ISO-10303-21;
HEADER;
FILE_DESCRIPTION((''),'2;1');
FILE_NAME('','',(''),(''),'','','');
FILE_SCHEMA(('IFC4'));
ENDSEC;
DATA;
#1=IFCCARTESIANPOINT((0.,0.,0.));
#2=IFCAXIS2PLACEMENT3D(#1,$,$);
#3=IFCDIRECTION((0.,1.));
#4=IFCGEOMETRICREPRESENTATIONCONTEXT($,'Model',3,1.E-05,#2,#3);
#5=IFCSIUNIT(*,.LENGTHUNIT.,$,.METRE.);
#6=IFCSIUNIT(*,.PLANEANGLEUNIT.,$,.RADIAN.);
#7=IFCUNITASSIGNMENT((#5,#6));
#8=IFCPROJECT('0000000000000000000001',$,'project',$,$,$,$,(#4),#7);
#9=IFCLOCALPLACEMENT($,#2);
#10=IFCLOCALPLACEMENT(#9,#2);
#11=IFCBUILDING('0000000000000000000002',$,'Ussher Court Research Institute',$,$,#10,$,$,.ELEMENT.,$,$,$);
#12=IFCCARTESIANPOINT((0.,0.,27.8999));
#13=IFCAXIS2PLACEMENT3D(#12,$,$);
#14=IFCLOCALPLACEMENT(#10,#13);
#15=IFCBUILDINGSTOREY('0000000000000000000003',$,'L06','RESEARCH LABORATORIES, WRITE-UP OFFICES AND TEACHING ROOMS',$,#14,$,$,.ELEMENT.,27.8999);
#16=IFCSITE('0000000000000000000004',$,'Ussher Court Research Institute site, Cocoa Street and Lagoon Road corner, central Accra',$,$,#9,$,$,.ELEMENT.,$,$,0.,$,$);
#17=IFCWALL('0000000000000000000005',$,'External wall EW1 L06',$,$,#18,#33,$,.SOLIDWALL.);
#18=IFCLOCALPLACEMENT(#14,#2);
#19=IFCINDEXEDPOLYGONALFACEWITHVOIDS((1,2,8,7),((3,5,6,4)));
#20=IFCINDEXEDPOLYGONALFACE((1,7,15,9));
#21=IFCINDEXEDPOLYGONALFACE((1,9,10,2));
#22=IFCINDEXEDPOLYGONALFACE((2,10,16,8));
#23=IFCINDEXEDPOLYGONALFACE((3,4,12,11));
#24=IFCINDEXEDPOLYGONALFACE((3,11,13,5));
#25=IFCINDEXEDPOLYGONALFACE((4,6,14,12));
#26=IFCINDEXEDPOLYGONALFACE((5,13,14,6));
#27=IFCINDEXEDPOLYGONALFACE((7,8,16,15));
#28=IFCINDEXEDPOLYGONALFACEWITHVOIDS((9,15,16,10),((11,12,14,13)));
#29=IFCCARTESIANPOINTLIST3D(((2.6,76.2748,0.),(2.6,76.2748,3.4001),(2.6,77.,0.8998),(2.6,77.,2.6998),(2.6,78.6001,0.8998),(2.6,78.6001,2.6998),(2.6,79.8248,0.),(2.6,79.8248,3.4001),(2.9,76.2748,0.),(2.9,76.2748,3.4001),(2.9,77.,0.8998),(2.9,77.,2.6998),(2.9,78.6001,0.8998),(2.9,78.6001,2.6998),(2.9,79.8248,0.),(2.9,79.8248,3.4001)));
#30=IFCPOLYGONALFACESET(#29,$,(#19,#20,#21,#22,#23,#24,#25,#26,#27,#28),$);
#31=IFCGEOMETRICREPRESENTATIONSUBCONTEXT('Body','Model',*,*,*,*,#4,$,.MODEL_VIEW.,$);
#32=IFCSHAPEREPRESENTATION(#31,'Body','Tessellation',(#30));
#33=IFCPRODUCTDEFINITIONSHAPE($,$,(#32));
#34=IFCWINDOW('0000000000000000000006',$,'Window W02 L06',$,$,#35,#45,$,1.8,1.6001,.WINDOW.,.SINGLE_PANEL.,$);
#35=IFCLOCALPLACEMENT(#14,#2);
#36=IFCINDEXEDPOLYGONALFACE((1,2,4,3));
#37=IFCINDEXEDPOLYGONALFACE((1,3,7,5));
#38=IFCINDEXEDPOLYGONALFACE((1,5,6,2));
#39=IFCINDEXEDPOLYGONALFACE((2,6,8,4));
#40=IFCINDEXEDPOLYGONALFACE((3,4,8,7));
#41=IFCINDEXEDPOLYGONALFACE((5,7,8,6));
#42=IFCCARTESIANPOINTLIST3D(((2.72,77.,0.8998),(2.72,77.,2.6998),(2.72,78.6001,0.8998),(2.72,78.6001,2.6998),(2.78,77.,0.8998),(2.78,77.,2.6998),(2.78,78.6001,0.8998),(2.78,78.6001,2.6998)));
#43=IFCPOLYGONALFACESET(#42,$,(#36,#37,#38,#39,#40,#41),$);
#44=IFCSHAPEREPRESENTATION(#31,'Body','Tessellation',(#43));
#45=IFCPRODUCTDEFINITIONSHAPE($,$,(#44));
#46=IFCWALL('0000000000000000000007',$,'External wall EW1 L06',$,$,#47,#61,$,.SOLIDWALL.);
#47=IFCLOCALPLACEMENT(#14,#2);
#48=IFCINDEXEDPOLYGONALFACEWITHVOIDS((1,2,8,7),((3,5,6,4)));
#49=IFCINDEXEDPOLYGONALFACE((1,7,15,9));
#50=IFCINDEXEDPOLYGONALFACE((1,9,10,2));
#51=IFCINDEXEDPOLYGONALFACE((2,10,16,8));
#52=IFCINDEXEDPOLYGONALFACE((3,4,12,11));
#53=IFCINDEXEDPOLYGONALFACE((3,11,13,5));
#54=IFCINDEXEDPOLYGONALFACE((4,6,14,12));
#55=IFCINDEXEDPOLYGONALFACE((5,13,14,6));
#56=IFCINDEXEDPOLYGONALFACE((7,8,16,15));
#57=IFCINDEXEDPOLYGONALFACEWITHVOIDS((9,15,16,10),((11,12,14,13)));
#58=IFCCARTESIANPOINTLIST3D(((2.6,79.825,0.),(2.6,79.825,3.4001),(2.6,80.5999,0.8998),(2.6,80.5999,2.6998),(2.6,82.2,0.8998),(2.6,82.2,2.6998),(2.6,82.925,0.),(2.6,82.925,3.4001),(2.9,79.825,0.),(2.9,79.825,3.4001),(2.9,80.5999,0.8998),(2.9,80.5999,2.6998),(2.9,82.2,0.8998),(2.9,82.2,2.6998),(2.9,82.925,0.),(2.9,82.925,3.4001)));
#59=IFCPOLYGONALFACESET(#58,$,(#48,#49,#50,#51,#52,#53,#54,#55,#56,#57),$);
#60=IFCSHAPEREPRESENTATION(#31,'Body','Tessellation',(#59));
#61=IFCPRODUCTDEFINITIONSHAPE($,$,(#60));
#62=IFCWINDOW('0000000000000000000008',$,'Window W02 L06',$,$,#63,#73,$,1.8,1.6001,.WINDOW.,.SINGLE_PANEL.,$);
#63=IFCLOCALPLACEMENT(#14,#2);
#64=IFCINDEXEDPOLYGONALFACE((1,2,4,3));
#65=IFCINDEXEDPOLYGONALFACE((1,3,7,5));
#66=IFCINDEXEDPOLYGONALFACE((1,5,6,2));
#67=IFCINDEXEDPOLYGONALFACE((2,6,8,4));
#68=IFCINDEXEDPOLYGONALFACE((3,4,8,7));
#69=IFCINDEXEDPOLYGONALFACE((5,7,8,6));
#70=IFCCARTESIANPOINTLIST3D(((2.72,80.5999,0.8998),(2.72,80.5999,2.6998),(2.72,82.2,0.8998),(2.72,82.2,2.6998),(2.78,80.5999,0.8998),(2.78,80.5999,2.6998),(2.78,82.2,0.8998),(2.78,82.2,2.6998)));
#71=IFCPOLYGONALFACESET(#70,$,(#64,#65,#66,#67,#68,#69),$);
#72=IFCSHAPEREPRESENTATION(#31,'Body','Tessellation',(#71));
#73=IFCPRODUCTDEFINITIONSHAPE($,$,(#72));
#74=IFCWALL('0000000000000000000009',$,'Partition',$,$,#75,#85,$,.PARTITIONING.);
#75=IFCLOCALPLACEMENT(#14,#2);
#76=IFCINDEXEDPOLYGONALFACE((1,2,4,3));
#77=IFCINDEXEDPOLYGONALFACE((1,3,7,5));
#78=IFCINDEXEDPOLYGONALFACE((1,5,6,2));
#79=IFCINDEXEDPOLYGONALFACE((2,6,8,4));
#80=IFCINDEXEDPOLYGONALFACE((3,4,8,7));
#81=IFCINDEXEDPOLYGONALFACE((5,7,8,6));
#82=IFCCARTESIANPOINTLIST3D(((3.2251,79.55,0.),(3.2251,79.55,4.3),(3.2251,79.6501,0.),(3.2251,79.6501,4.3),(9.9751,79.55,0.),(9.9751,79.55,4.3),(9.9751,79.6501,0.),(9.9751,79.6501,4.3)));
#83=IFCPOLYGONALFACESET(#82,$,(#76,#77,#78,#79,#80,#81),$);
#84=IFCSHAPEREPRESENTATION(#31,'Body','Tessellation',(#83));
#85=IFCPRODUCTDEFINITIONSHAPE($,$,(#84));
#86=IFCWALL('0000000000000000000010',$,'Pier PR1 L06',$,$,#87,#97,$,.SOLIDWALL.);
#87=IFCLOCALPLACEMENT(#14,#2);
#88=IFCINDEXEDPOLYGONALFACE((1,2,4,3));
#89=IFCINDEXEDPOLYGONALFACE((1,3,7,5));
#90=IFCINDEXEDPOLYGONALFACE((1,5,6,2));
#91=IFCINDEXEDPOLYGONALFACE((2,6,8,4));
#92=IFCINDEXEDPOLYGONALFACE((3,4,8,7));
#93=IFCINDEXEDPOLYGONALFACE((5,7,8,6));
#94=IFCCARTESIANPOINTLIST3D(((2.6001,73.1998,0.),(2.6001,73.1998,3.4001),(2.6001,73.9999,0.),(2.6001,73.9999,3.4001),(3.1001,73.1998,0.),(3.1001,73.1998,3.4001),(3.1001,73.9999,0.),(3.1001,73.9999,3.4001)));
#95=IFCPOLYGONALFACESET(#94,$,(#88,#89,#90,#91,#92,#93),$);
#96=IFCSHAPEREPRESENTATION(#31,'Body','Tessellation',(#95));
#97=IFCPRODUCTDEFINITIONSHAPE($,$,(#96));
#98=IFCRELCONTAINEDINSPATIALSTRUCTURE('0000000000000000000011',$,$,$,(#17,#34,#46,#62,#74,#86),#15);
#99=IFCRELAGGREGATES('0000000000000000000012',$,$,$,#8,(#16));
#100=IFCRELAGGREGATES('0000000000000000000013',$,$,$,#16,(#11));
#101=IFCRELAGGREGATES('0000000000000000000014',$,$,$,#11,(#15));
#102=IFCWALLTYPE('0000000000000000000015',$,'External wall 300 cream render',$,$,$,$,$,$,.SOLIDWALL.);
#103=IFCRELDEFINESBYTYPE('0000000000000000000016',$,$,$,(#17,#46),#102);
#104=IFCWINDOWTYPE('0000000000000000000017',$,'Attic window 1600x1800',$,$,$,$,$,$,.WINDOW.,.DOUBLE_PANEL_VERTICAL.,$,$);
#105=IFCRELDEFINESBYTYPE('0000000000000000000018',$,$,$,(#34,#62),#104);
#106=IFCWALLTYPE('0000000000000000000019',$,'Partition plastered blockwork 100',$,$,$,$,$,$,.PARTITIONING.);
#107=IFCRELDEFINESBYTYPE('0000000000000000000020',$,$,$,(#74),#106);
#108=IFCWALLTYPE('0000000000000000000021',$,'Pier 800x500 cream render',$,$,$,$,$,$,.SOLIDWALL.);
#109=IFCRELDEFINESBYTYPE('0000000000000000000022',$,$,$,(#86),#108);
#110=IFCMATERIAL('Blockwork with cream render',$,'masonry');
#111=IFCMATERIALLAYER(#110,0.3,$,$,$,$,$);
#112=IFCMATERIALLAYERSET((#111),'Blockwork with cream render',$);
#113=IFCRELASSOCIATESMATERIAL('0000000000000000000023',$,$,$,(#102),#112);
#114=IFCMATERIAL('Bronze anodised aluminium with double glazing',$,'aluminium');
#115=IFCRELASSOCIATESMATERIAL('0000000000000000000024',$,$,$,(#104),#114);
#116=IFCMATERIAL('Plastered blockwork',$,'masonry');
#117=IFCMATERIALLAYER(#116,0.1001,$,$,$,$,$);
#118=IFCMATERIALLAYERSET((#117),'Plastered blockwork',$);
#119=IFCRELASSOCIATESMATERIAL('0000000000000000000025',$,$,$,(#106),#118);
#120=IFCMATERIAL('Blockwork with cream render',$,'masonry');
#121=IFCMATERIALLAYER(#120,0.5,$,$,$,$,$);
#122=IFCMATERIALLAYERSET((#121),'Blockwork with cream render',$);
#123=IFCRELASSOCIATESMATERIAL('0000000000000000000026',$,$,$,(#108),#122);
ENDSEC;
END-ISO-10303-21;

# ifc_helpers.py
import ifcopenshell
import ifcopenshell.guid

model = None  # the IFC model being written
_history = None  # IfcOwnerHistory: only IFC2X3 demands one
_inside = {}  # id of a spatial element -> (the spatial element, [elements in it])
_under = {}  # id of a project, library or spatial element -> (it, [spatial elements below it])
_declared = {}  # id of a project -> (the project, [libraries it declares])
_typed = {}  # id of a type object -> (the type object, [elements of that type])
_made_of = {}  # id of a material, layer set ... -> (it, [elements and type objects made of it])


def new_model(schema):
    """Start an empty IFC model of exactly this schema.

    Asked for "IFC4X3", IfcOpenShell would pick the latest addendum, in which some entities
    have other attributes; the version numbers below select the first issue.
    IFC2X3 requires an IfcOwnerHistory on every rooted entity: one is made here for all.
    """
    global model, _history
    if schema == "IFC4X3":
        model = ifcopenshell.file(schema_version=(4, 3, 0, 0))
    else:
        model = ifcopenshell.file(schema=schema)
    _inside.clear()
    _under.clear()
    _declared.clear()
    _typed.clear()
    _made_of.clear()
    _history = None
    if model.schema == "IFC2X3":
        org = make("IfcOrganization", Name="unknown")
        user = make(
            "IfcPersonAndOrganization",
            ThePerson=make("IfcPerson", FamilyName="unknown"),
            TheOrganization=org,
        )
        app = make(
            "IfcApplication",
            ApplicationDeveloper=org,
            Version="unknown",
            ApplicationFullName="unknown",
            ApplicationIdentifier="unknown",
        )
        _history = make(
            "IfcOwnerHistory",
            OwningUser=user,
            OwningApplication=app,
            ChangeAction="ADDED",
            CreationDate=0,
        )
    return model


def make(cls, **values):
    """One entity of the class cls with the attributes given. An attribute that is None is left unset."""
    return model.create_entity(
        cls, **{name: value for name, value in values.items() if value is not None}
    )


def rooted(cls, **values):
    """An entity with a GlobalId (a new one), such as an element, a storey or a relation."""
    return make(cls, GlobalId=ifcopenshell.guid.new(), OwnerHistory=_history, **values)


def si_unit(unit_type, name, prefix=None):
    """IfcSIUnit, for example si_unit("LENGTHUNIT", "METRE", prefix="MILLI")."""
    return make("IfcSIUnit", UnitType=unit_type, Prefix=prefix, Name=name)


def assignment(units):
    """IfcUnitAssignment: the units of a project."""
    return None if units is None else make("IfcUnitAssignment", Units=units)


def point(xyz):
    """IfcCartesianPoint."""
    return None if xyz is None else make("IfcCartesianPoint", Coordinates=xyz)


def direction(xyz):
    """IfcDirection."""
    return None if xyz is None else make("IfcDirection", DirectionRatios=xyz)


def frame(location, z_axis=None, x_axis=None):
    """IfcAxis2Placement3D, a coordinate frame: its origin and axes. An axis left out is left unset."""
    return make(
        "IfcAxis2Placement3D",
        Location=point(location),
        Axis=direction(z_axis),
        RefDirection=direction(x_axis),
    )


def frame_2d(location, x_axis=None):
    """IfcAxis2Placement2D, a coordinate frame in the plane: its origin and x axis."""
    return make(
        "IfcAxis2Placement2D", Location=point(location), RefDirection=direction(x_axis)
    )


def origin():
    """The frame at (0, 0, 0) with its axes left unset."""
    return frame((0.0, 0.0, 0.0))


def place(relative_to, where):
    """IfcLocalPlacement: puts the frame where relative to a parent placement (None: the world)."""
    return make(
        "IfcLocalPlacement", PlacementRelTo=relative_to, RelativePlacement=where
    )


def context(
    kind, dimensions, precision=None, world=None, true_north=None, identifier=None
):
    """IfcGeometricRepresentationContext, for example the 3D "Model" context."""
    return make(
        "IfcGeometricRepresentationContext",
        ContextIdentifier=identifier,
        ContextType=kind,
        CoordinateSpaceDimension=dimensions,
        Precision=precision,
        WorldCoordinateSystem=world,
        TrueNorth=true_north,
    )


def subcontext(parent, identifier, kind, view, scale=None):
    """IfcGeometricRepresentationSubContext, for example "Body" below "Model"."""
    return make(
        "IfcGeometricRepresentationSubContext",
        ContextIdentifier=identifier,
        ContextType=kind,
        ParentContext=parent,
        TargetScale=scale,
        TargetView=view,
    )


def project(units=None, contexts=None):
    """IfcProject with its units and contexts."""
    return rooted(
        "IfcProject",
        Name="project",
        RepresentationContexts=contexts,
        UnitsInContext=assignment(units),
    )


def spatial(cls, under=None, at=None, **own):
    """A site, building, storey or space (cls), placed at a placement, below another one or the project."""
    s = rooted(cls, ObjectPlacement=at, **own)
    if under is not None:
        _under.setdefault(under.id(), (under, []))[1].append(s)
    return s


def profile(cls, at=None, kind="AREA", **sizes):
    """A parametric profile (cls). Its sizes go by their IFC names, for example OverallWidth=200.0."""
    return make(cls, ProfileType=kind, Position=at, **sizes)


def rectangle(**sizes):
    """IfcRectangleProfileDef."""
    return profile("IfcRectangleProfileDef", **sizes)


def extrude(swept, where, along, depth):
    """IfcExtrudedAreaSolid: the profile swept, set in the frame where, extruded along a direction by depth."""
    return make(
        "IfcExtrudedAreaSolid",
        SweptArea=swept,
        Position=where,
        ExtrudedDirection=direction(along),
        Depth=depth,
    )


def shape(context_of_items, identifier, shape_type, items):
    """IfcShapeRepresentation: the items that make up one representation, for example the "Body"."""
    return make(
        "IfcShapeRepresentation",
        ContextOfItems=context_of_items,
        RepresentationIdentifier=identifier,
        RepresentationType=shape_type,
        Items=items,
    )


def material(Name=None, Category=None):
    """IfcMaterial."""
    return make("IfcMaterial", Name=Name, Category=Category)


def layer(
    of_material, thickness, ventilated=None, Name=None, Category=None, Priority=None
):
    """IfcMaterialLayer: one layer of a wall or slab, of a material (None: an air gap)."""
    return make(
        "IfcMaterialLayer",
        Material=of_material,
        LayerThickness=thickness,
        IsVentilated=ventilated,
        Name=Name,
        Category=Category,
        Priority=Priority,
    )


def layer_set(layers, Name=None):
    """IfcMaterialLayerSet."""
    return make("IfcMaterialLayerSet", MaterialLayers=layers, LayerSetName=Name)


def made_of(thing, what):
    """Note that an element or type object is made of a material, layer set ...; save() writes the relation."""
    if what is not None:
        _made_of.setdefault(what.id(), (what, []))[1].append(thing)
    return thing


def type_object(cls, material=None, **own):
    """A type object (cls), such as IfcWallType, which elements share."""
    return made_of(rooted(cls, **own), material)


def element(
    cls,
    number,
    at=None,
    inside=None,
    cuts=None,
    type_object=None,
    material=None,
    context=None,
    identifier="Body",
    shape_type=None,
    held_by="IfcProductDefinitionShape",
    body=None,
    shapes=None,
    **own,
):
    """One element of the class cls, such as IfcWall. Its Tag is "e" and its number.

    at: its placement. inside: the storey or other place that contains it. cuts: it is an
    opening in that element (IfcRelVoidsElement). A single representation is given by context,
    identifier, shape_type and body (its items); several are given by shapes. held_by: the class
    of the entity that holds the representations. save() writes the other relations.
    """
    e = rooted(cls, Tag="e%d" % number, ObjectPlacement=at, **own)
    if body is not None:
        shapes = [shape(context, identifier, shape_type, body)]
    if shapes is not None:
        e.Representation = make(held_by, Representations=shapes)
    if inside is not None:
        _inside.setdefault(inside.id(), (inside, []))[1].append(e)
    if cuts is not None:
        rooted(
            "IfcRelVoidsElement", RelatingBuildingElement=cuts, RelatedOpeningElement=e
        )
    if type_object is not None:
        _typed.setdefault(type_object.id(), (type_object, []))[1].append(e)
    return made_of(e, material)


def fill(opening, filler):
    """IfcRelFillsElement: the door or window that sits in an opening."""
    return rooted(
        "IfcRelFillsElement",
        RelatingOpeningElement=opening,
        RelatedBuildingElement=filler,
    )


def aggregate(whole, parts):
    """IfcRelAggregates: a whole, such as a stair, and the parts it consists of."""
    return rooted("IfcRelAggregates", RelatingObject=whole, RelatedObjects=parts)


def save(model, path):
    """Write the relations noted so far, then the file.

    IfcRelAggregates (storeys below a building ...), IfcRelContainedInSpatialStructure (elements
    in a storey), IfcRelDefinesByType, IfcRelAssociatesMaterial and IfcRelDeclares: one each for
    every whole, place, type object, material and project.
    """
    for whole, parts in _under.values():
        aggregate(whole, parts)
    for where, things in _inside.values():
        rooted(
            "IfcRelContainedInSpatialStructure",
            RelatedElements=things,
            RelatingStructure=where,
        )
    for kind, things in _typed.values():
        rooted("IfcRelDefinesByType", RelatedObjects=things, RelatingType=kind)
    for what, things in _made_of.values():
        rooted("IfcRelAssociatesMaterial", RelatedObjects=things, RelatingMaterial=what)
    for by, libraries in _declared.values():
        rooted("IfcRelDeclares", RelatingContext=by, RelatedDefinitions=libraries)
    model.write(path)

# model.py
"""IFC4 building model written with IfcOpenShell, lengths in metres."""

from ifc_helpers import new_model, si_unit, direction, frame, frame_2d, origin, place, context, subcontext, project, spatial, rectangle, extrude, material, layer, layer_set, type_object, element, fill, save


model = new_model("IFC4")

# Units and contexts
model_context = context("Model", 3, precision=1e-05, world=origin(), true_north=direction((0.0, 1.0)))
body_context = subcontext(model_context, "Body", "Model", "MODEL_VIEW")
ifc_project = project(units=[si_unit("LENGTHUNIT", "METRE"), si_unit("PLANEANGLEUNIT", "RADIAN")], contexts=[model_context])

# Site, building, storey
site_placement = place(None, origin())
site = spatial("IfcSite", under=ifc_project, at=site_placement, Name="Ussher Court Research Institute site, Cocoa Street and Lagoon Road corner, central Accra", CompositionType="ELEMENT", RefElevation=0.0)
building_placement = place(site_placement, origin())
building = spatial("IfcBuilding", under=site, at=building_placement, Name="Ussher Court Research Institute", CompositionType="ELEMENT")
storey_placement = place(building_placement, frame((0.0, 0.0, 27.8999)))
storey = spatial("IfcBuildingStorey", under=building, at=storey_placement, Name="L06", Description="RESEARCH LABORATORIES, WRITE-UP OFFICES AND TEACHING ROOMS", CompositionType="ELEMENT", Elevation=27.8999)

# Shared definitions
ifc_material_1 = material(Name="Blockwork with cream render", Category="masonry")
ifc_layer_1 = layer(ifc_material_1, 0.3)
ifc_layer_set_1 = layer_set([ifc_layer_1], Name="Blockwork with cream render")
wall_type_1 = type_object("IfcWallType", Name="External wall 300 cream render", PredefinedType="SOLIDWALL", material=ifc_layer_set_1)

# Walls, openings, windows
wall_1_placement = place(storey_placement, frame((2.75, 76.2749, 0.0), z_axis=(0.0, 0.0, 1.0), x_axis=(0.0, 1.0, 0.0)))
wall_1 = element("IfcWall", 1, at=wall_1_placement, inside=storey, type_object=wall_type_1, Name="External wall EW1 L06", PredefinedType="SOLIDWALL", context=body_context, shape_type="SweptSolid", body=[
    extrude(rectangle(XDim=3.55, YDim=0.3, at=frame_2d((1.7749, 0.0))), origin(), (0.0, 0.0, 1.0), 3.4001),
])
opening_1_placement = place(wall_1_placement, frame((0.7251, 0.0, 0.8999)))
opening_1 = element("IfcOpeningElement", 2, at=opening_1_placement, cuts=wall_1, PredefinedType="OPENING", context=body_context, shape_type="SweptSolid", body=[
    extrude(rectangle(XDim=1.6001, YDim=1.8, at=frame_2d((0.8, 0.8999))), frame((0.0, 0.1602, 0.0), z_axis=(0.0, -1.0, 0.0), x_axis=(1.0, 0.0, 0.0)), (0.0, 0.0, 1.0), 0.3201),
])
ifc_material_2 = material(Name="Bronze anodised aluminium with double glazing", Category="aluminium")
window_type = type_object("IfcWindowType", Name="Attic window 1600x1800", PartitioningType="DOUBLE_PANEL_VERTICAL", PredefinedType="WINDOW", material=ifc_material_2)
window_1_placement = place(opening_1_placement, origin())
window_1 = element("IfcWindow", 3, at=window_1_placement, inside=storey, type_object=window_type, Name="Window W02 L06", OverallHeight=1.8, OverallWidth=1.6001, PartitioningType="SINGLE_PANEL", PredefinedType="WINDOW", context=body_context, shape_type="SweptSolid", body=[
    extrude(rectangle(XDim=1.6001, YDim=1.8, at=frame_2d((0.8, 0.8999))), frame((0.0, 0.03, 0.0), z_axis=(0.0, -1.0, 0.0), x_axis=(1.0, 0.0, 0.0)), (0.0, 0.0, 1.0), 0.0601),
])
fill(opening_1, window_1)
wall_2_placement = place(storey_placement, frame((2.75, 79.825, 0.0), z_axis=(0.0, 0.0, 1.0), x_axis=(0.0, 1.0, 0.0)))
wall_2 = element("IfcWall", 4, at=wall_2_placement, inside=storey, type_object=wall_type_1, Name="External wall EW1 L06", PredefinedType="SOLIDWALL", context=body_context, shape_type="SweptSolid", body=[
    extrude(rectangle(XDim=3.1001, YDim=0.3, at=frame_2d((1.55, 0.0))), origin(), (0.0, 0.0, 1.0), 3.4001),
])
opening_2_placement = place(wall_2_placement, frame((0.7749, 0.0, 0.8999)))
opening_2 = element("IfcOpeningElement", 5, at=opening_2_placement, cuts=wall_2, PredefinedType="OPENING", context=body_context, shape_type="SweptSolid", body=[
    extrude(rectangle(XDim=1.6001, YDim=1.8, at=frame_2d((0.8, 0.8999))), frame((0.0, 0.1602, 0.0), z_axis=(0.0, -1.0, 0.0), x_axis=(1.0, 0.0, 0.0)), (0.0, 0.0, 1.0), 0.3201),
])
window_2_placement = place(opening_2_placement, origin())
window_2 = element("IfcWindow", 6, at=window_2_placement, inside=storey, type_object=window_type, Name="Window W02 L06", OverallHeight=1.8, OverallWidth=1.6001, PartitioningType="SINGLE_PANEL", PredefinedType="WINDOW", context=body_context, shape_type="SweptSolid", body=[
    extrude(rectangle(XDim=1.6001, YDim=1.8, at=frame_2d((0.8, 0.8999))), frame((0.0, 0.03, 0.0), z_axis=(0.0, -1.0, 0.0), x_axis=(1.0, 0.0, 0.0)), (0.0, 0.0, 1.0), 0.0601),
])
fill(opening_2, window_2)

# Walls
ifc_material_3 = material(Name="Plastered blockwork", Category="masonry")
ifc_layer_2 = layer(ifc_material_3, 0.1001)
ifc_layer_set_2 = layer_set([ifc_layer_2], Name="Plastered blockwork")
wall_type_2 = type_object("IfcWallType", Name="Partition plastered blockwork 100", PredefinedType="PARTITIONING", material=ifc_layer_set_2)
wall_3_placement = place(storey_placement, frame((3.2251, 79.6001, 0.0), z_axis=(0.0, 0.0, 1.0), x_axis=(1.0, 0.0, 0.0)))
element("IfcWall", 7, at=wall_3_placement, inside=storey, type_object=wall_type_2, Name="Partition", PredefinedType="PARTITIONING", context=body_context, shape_type="SweptSolid", body=[
    extrude(rectangle(XDim=6.75, YDim=0.1001, at=frame_2d((3.375, 0.0))), origin(), (0.0, 0.0, 1.0), 4.3),
])
ifc_material_4 = material(Name="Blockwork with cream render", Category="masonry")
ifc_layer_3 = layer(ifc_material_4, 0.5)
ifc_layer_set_3 = layer_set([ifc_layer_3], Name="Blockwork with cream render")
wall_type_3 = type_object("IfcWallType", Name="Pier 800x500 cream render", PredefinedType="SOLIDWALL", material=ifc_layer_set_3)
wall_4_placement = place(storey_placement, frame((2.8501, 73.2, 0.0), z_axis=(0.0, 0.0, 1.0), x_axis=(0.0, 1.0, 0.0)))
element("IfcWall", 8, at=wall_4_placement, inside=storey, type_object=wall_type_3, Name="Pier PR1 L06", PredefinedType="SOLIDWALL", context=body_context, shape_type="SweptSolid", body=[
    extrude(rectangle(XDim=0.8, YDim=0.5, at=frame_2d((0.3999, 0.0))), origin(), (0.0, 0.0, 1.0), 3.4001),
])

save(model, "model.ifc")
